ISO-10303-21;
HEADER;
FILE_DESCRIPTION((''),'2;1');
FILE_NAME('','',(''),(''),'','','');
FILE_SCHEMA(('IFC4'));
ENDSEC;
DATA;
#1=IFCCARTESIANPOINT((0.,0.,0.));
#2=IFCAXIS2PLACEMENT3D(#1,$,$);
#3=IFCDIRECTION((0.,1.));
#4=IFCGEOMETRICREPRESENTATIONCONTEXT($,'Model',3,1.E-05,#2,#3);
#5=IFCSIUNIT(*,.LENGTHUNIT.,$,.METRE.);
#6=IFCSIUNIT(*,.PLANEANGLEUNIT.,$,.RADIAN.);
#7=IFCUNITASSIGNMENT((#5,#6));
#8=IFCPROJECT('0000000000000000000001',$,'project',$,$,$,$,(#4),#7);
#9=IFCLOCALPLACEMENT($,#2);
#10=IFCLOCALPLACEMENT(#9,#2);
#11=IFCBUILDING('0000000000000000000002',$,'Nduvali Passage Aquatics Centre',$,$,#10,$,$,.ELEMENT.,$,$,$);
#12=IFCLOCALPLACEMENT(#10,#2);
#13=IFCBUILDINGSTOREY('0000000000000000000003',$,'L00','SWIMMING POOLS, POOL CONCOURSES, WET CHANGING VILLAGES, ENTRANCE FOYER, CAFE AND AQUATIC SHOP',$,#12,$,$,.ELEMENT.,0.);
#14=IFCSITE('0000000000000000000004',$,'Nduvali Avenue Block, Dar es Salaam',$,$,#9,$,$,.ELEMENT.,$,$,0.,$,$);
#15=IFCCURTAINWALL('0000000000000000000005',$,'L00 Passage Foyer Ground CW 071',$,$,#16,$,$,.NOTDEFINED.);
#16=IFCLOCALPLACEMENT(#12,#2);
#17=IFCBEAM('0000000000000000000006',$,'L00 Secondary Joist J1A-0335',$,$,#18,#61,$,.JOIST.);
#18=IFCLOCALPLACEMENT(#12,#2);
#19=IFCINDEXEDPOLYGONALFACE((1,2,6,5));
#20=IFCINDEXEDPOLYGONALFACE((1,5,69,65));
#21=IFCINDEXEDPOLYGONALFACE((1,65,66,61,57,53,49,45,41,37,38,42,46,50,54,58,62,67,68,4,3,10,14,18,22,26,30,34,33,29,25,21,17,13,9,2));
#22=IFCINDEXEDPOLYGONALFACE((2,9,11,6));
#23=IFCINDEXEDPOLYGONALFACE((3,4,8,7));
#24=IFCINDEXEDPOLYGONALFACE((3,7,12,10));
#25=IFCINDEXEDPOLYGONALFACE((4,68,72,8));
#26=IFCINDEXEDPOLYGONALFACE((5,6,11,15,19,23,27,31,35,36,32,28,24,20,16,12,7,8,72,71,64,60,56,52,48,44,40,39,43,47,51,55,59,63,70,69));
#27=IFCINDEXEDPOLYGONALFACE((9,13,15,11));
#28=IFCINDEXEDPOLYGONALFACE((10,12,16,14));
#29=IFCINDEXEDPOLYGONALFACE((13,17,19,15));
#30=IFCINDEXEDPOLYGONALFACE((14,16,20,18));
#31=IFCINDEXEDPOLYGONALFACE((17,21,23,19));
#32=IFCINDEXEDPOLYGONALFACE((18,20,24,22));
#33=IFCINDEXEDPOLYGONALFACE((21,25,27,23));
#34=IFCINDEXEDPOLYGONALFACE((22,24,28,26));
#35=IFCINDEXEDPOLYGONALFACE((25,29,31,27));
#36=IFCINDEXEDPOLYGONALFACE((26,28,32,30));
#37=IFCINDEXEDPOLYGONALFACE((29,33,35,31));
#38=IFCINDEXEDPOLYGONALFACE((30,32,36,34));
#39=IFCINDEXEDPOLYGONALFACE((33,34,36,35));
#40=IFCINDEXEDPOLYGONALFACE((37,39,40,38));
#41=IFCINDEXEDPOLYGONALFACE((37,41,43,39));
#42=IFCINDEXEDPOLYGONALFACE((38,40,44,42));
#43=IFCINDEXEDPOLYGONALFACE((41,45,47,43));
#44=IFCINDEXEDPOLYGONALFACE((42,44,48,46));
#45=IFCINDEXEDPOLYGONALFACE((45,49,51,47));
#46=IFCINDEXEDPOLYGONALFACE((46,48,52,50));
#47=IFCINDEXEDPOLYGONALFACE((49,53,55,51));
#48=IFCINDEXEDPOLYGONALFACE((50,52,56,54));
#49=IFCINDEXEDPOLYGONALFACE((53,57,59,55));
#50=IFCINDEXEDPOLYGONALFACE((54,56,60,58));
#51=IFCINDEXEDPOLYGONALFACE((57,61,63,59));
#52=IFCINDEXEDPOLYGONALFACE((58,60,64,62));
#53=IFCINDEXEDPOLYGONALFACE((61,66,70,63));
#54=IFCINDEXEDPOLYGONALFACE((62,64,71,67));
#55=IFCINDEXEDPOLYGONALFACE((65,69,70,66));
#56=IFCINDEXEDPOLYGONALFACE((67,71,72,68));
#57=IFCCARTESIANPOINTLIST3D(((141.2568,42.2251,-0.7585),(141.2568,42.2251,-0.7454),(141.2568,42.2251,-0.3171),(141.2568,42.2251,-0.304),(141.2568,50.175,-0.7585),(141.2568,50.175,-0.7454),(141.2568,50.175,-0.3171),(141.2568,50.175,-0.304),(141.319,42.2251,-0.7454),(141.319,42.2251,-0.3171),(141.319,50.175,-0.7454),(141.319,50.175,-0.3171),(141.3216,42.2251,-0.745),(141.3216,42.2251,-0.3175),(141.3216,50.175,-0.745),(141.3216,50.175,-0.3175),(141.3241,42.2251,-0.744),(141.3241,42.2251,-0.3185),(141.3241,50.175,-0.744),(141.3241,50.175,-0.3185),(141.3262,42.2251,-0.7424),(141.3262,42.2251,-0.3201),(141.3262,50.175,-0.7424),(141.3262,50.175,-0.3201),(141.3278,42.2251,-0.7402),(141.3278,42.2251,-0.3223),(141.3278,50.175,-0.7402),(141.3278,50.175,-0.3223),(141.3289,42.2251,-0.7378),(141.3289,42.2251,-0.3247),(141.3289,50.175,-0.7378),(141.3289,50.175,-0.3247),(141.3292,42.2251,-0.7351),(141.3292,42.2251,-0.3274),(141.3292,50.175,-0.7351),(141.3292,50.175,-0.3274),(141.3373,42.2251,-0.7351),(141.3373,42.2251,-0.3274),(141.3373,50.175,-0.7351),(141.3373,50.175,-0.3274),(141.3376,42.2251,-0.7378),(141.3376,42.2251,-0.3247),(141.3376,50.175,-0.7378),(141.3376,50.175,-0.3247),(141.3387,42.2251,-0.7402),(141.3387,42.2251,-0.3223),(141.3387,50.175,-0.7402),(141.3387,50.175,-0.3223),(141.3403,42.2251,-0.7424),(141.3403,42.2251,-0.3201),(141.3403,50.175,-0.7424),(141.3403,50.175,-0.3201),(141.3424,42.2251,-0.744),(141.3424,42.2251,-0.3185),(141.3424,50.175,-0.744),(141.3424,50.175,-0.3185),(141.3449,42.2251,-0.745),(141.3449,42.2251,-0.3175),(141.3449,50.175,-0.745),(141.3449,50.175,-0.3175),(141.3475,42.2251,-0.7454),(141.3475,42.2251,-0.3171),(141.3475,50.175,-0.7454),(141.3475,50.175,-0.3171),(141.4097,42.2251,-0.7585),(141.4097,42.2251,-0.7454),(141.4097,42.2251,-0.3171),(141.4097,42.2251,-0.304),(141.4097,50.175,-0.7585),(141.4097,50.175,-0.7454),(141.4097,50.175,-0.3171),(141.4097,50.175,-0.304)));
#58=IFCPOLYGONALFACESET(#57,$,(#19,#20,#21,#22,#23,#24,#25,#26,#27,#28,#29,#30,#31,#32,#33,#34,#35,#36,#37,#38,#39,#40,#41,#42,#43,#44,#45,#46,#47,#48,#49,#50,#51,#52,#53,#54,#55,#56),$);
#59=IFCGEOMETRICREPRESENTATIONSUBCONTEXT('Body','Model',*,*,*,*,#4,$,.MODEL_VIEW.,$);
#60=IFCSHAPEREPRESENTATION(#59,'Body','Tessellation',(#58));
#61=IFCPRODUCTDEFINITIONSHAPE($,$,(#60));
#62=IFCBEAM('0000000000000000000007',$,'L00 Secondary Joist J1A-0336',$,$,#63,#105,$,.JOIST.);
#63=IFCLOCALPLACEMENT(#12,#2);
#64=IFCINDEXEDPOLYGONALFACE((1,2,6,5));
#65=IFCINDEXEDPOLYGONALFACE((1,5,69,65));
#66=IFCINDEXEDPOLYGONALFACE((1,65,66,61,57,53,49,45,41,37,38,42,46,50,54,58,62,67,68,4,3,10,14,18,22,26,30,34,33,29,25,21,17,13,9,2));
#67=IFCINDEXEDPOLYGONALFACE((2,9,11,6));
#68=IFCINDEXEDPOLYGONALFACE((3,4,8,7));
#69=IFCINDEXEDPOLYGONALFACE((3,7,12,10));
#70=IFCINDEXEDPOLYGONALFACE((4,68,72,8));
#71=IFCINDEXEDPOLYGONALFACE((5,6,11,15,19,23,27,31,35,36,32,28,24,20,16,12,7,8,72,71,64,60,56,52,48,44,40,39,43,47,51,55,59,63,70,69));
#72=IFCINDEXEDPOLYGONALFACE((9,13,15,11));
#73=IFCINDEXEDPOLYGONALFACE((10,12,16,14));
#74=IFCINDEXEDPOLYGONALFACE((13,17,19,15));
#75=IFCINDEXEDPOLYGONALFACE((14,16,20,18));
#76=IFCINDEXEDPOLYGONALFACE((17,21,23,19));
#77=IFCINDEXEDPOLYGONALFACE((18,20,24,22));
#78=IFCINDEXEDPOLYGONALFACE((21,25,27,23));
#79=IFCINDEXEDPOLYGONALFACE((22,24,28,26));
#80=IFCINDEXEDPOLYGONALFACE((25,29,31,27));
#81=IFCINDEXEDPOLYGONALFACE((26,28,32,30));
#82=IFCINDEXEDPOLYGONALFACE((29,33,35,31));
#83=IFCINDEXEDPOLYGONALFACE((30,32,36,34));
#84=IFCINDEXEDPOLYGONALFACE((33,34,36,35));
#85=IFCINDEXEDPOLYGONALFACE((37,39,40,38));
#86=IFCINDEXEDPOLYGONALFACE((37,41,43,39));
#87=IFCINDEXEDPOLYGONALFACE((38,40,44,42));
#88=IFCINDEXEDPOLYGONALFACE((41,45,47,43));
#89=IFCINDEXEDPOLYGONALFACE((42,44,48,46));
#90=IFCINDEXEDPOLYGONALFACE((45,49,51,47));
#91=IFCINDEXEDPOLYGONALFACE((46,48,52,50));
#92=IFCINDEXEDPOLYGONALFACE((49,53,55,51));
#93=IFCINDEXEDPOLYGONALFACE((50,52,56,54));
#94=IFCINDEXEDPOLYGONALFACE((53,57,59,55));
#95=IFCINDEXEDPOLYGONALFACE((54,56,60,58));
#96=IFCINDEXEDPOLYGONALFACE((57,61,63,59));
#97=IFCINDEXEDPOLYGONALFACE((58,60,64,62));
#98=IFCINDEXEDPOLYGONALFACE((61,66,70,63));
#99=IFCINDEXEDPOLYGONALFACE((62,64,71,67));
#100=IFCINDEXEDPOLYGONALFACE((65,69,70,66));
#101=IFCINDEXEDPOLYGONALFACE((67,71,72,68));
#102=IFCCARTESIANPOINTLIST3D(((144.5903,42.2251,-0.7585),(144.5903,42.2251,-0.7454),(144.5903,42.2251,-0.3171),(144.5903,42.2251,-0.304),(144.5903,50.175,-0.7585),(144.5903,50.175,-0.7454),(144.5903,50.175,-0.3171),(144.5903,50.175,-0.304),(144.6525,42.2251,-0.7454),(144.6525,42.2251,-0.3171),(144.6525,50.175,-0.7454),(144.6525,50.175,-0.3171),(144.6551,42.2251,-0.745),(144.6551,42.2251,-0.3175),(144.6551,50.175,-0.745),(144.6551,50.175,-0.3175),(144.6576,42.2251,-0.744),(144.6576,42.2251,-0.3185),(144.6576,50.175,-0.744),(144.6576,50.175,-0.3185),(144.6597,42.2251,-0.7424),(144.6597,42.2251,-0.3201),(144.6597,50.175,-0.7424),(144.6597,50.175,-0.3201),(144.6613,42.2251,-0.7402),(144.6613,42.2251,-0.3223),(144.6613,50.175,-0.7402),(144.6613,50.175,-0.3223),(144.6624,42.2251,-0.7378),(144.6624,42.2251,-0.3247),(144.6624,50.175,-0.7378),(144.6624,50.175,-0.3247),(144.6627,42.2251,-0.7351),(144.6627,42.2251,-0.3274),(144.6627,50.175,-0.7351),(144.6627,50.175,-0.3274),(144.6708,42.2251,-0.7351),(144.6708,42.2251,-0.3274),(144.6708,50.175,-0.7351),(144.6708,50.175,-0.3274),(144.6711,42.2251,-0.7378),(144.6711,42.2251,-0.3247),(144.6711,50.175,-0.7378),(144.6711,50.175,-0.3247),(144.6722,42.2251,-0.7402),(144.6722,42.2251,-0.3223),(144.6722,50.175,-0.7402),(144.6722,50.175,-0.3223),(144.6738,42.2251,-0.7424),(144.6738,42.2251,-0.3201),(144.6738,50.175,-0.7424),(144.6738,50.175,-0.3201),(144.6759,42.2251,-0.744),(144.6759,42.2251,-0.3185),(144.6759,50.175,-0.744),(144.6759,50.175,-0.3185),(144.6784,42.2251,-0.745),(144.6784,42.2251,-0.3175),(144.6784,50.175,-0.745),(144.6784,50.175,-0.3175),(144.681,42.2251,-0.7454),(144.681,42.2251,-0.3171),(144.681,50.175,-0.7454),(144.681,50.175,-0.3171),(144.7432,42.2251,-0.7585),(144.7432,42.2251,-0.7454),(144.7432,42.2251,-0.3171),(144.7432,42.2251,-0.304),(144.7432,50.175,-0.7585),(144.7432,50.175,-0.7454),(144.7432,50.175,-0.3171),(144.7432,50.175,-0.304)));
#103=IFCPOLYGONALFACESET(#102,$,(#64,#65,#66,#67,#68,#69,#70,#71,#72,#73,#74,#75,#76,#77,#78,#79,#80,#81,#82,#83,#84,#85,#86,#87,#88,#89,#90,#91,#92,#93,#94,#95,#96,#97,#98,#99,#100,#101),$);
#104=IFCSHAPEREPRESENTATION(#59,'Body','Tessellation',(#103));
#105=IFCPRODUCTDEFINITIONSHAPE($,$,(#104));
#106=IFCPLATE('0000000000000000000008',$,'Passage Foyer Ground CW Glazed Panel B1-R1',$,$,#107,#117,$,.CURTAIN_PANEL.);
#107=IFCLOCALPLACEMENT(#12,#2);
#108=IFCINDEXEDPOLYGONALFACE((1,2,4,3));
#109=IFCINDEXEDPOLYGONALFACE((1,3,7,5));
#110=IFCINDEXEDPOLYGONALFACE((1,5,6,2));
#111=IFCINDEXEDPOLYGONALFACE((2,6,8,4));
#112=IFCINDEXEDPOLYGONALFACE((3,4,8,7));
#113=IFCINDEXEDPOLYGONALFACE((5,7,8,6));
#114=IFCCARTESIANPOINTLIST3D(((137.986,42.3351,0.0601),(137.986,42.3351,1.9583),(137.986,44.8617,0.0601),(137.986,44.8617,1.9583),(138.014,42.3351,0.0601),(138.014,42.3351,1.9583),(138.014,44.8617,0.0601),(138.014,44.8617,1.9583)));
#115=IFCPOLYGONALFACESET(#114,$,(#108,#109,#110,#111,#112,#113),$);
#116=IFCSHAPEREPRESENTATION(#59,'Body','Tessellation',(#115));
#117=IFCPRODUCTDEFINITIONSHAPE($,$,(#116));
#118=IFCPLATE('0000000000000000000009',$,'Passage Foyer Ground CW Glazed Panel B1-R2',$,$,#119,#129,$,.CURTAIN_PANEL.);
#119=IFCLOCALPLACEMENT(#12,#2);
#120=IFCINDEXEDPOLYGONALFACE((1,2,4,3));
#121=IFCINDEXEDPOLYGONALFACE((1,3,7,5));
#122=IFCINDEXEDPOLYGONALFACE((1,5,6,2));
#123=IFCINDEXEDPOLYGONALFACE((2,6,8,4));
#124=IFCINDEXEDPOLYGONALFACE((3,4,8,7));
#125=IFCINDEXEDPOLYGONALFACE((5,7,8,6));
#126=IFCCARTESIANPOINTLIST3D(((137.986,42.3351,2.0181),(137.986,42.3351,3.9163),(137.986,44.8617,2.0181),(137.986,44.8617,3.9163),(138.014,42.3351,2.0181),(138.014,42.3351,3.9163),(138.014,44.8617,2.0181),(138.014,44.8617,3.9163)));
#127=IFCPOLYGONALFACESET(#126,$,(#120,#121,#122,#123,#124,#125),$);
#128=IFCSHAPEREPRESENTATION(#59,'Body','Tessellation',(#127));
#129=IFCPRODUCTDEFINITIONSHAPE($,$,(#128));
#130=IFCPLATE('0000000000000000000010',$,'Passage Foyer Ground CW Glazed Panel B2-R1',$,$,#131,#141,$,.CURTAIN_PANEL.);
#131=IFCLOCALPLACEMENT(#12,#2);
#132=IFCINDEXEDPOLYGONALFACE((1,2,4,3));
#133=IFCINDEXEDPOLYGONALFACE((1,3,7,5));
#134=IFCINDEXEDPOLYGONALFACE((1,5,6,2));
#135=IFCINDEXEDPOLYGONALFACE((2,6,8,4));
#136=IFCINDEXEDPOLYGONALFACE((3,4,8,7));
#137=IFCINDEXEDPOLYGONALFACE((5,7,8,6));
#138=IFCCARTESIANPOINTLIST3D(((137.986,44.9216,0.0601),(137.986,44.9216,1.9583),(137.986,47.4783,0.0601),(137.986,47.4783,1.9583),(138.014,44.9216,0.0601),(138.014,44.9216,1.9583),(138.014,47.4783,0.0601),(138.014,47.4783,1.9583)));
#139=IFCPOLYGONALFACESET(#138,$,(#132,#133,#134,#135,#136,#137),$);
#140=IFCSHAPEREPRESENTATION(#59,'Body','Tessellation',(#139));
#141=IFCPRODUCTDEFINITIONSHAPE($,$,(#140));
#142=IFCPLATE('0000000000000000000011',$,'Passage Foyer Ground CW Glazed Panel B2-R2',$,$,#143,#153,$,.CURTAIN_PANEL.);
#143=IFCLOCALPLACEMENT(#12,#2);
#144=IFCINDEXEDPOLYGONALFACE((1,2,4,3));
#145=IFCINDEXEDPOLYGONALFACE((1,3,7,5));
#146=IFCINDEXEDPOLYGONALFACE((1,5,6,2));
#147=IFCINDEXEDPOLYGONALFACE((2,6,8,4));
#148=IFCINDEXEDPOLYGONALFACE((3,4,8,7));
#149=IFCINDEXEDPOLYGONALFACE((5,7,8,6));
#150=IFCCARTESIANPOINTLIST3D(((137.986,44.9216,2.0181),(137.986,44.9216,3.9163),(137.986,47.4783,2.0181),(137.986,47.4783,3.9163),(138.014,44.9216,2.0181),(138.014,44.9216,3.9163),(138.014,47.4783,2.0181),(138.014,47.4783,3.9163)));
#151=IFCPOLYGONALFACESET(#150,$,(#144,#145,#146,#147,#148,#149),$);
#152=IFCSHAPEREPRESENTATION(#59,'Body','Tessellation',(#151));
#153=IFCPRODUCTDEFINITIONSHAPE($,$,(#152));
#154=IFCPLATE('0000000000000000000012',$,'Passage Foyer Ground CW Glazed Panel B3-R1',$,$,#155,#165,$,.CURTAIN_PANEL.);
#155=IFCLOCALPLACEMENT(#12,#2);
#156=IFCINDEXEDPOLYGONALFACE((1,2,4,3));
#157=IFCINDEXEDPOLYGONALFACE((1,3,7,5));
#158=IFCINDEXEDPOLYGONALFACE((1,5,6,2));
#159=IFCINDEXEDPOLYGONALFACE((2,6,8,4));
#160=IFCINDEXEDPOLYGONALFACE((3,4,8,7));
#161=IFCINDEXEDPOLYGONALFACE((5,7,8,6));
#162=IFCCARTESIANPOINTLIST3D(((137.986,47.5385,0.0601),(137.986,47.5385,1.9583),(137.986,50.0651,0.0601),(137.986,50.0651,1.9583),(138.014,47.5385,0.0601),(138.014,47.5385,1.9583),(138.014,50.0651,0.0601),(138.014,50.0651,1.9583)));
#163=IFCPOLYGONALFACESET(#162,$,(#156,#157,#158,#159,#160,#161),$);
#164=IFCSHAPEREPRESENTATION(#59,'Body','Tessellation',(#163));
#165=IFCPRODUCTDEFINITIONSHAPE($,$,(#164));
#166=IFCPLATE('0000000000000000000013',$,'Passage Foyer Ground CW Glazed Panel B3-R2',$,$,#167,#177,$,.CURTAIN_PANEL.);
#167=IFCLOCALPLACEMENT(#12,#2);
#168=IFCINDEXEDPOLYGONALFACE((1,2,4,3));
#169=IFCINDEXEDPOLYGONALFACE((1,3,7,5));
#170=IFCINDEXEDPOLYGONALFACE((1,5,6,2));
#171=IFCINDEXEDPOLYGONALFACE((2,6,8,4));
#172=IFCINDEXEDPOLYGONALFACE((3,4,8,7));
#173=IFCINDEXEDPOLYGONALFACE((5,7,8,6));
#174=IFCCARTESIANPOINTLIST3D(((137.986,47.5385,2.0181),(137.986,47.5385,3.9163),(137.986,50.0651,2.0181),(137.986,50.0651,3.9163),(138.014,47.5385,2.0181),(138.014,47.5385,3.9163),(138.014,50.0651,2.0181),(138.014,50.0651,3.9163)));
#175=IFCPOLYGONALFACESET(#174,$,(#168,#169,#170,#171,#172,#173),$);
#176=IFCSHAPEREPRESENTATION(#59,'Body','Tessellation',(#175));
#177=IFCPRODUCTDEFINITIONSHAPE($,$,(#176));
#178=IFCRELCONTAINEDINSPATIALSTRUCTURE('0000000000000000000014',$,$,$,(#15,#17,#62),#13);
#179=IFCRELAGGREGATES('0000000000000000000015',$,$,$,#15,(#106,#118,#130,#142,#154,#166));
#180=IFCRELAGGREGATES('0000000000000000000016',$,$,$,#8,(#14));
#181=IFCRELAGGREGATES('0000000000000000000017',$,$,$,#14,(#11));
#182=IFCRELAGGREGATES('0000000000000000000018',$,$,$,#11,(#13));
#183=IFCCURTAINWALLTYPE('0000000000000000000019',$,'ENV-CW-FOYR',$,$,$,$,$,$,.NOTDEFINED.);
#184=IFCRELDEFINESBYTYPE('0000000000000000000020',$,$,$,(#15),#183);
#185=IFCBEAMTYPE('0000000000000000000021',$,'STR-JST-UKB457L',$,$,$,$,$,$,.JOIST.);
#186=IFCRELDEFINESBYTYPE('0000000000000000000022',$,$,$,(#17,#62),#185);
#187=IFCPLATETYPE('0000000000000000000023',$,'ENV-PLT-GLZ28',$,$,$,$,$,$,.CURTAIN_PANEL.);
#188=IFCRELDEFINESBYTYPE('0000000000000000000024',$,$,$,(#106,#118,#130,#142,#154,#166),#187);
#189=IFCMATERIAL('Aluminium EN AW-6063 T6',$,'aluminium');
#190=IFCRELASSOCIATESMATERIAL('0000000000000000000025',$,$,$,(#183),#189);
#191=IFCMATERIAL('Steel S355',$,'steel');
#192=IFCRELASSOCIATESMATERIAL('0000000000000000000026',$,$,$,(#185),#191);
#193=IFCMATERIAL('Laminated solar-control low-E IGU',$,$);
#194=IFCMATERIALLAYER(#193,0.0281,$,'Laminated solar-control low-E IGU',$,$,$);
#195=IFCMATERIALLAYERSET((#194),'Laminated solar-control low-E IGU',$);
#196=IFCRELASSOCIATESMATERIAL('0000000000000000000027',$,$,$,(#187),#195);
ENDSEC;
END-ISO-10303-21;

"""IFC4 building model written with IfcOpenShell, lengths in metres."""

from ifc_helpers import new_model, si_unit, direction, frame, origin, origin_2d, place, context, subcontext, project, spatial, rectangle, i_section, extrude, material, layer, layer_set, material_profile, profile_set, type_object, element, aggregate, save


model = new_model("IFC4")

# Units and contexts
model_context = context("Model", 3, precision=1e-05, world=origin(), true_north=direction((0.0, 1.0)))
body_context = subcontext(model_context, "Body", "Model", "MODEL_VIEW")
ifc_project = project(units=[si_unit("LENGTHUNIT", "METRE"), si_unit("PLANEANGLEUNIT", "RADIAN")], contexts=[model_context])

# Site, building, storey
site_placement = place(None, origin())
site = spatial("IfcSite", under=ifc_project, at=site_placement, Name="Nduvali Avenue Block, Dar es Salaam", CompositionType="ELEMENT", RefElevation=0.0)
building_placement = place(site_placement, origin())
building = spatial("IfcBuilding", under=site, at=building_placement, Name="Nduvali Passage Aquatics Centre", CompositionType="ELEMENT")
storey_placement = place(building_placement, origin())
storey = spatial("IfcBuildingStorey", under=building, at=storey_placement, Name="L00", Description="SWIMMING POOLS, POOL CONCOURSES, WET CHANGING VILLAGES, ENTRANCE FOYER, CAFE AND AQUATIC SHOP", CompositionType="ELEMENT", Elevation=0.0)

# Curtain wall
ifc_material_1 = material(Name="Aluminium EN AW-6063 T6", Category="aluminium")
curtain_wall_type = type_object("IfcCurtainWallType", Name="ENV-CW-FOYR", PredefinedType="NOTDEFINED", material=ifc_material_1)
curtain_wall_placement = place(storey_placement, origin())
curtain_wall = element("IfcCurtainWall", 1, at=curtain_wall_placement, inside=storey, type_object=curtain_wall_type, Name="L00 Passage Foyer Ground CW 071", PredefinedType="NOTDEFINED")

# Beams
ifc_material_2 = material(Name="Steel S355", Category="steel")
ifc_material_profile_1 = material_profile(ifc_material_2, i_section(OverallWidth=0.1528, OverallDepth=0.4546, WebThickness=0.0081, FlangeThickness=0.0132, FilletRadius=0.0103, at=origin_2d()), Name="UKB 457x152x60")
ifc_profile_set_1 = profile_set([ifc_material_profile_1], Name="Steel S355")
beam_type_1 = type_object("IfcBeamType", Name="STR-JST-UKB457L", PredefinedType="JOIST", material=ifc_profile_set_1)
for number, where, z_axis, x_axis, name in (
    (2, (141.3333, 42.2251, -0.5312), (0.0, 1.0, 0.0), (-1.0, 0.0, 0.0), "L00 Secondary Joist J1A-0335"),
    (3, (144.6667, 42.2251, -0.5312), (0.0, 1.0, 0.0), (-1.0, 0.0, 0.0), "L00 Secondary Joist J1A-0336"),
):
    element("IfcBeam", number, at=place(storey_placement, frame(where, z_axis=z_axis, x_axis=x_axis)), inside=storey, type_object=beam_type_1, Name=name, PredefinedType="JOIST", context=body_context, shape_type="SweptSolid", body=[
        extrude(i_section(OverallWidth=0.1528, OverallDepth=0.4546, WebThickness=0.0081, FlangeThickness=0.0132, FilletRadius=0.0103, at=origin_2d()), origin(), (0.0, 0.0, 1.0), 7.95),
    ])

# Plates
ifc_material_3 = material(Name="Laminated solar-control low-E IGU")
ifc_layer_1 = layer(ifc_material_3, 0.0281, Name="Laminated solar-control low-E IGU")
ifc_layer_set_1 = layer_set([ifc_layer_1], Name="Laminated solar-control low-E IGU")
plate_type = type_object("IfcPlateType", Name="ENV-PLT-GLZ28", PredefinedType="CURTAIN_PANEL", material=ifc_layer_set_1)
plate_1_placement = place(storey_placement, frame((138.0, 43.5984, 0.0601), z_axis=(0.0, 0.0, 1.0), x_axis=(0.0, 1.0, 0.0)))
plate_1 = element("IfcPlate", 4, at=plate_1_placement, type_object=plate_type, Name="Passage Foyer Ground CW Glazed Panel B1-R1", PredefinedType="CURTAIN_PANEL", context=body_context, shape_type="SweptSolid", body=[
    extrude(rectangle(XDim=2.5266, YDim=0.0281, at=origin_2d()), origin(), (0.0, 0.0, 1.0), 1.8982),
])
plate_2_placement = place(storey_placement, frame((138.0, 43.5984, 2.0181), z_axis=(0.0, 0.0, 1.0), x_axis=(0.0, 1.0, 0.0)))
plate_2 = element("IfcPlate", 5, at=plate_2_placement, type_object=plate_type, Name="Passage Foyer Ground CW Glazed Panel B1-R2", PredefinedType="CURTAIN_PANEL", context=body_context, shape_type="SweptSolid", body=[
    extrude(rectangle(XDim=2.5266, YDim=0.0281, at=origin_2d()), origin(), (0.0, 0.0, 1.0), 1.8982),
])
plate_3_placement = place(storey_placement, frame((138.0, 46.2, 0.0601), z_axis=(0.0, 0.0, 1.0), x_axis=(0.0, 1.0, 0.0)))
plate_3 = element("IfcPlate", 6, at=plate_3_placement, type_object=plate_type, Name="Passage Foyer Ground CW Glazed Panel B2-R1", PredefinedType="CURTAIN_PANEL", context=body_context, shape_type="SweptSolid", body=[
    extrude(rectangle(XDim=2.5566, YDim=0.0281, at=origin_2d()), origin(), (0.0, 0.0, 1.0), 1.8982),
])
plate_4_placement = place(storey_placement, frame((138.0, 46.2, 2.0181), z_axis=(0.0, 0.0, 1.0), x_axis=(0.0, 1.0, 0.0)))
plate_4 = element("IfcPlate", 7, at=plate_4_placement, type_object=plate_type, Name="Passage Foyer Ground CW Glazed Panel B2-R2", PredefinedType="CURTAIN_PANEL", context=body_context, shape_type="SweptSolid", body=[
    extrude(rectangle(XDim=2.5566, YDim=0.0281, at=origin_2d()), origin(), (0.0, 0.0, 1.0), 1.8982),
])
plate_5_placement = place(storey_placement, frame((138.0, 48.8018, 0.0601), z_axis=(0.0, 0.0, 1.0), x_axis=(0.0, 1.0, 0.0)))
plate_5 = element("IfcPlate", 8, at=plate_5_placement, type_object=plate_type, Name="Passage Foyer Ground CW Glazed Panel B3-R1", PredefinedType="CURTAIN_PANEL", context=body_context, shape_type="SweptSolid", body=[
    extrude(rectangle(XDim=2.5266, YDim=0.0281, at=origin_2d()), origin(), (0.0, 0.0, 1.0), 1.8982),
])
plate_6_placement = place(storey_placement, frame((138.0, 48.8018, 2.0181), z_axis=(0.0, 0.0, 1.0), x_axis=(0.0, 1.0, 0.0)))
plate_6 = element("IfcPlate", 9, at=plate_6_placement, type_object=plate_type, Name="Passage Foyer Ground CW Glazed Panel B3-R2", PredefinedType="CURTAIN_PANEL", context=body_context, shape_type="SweptSolid", body=[
    extrude(rectangle(XDim=2.5266, YDim=0.0281, at=origin_2d()), origin(), (0.0, 0.0, 1.0), 1.8982),
])
aggregate(curtain_wall, [plate_1, plate_2, plate_3, plate_4, plate_5, plate_6])

save(model, "model.ifc")
